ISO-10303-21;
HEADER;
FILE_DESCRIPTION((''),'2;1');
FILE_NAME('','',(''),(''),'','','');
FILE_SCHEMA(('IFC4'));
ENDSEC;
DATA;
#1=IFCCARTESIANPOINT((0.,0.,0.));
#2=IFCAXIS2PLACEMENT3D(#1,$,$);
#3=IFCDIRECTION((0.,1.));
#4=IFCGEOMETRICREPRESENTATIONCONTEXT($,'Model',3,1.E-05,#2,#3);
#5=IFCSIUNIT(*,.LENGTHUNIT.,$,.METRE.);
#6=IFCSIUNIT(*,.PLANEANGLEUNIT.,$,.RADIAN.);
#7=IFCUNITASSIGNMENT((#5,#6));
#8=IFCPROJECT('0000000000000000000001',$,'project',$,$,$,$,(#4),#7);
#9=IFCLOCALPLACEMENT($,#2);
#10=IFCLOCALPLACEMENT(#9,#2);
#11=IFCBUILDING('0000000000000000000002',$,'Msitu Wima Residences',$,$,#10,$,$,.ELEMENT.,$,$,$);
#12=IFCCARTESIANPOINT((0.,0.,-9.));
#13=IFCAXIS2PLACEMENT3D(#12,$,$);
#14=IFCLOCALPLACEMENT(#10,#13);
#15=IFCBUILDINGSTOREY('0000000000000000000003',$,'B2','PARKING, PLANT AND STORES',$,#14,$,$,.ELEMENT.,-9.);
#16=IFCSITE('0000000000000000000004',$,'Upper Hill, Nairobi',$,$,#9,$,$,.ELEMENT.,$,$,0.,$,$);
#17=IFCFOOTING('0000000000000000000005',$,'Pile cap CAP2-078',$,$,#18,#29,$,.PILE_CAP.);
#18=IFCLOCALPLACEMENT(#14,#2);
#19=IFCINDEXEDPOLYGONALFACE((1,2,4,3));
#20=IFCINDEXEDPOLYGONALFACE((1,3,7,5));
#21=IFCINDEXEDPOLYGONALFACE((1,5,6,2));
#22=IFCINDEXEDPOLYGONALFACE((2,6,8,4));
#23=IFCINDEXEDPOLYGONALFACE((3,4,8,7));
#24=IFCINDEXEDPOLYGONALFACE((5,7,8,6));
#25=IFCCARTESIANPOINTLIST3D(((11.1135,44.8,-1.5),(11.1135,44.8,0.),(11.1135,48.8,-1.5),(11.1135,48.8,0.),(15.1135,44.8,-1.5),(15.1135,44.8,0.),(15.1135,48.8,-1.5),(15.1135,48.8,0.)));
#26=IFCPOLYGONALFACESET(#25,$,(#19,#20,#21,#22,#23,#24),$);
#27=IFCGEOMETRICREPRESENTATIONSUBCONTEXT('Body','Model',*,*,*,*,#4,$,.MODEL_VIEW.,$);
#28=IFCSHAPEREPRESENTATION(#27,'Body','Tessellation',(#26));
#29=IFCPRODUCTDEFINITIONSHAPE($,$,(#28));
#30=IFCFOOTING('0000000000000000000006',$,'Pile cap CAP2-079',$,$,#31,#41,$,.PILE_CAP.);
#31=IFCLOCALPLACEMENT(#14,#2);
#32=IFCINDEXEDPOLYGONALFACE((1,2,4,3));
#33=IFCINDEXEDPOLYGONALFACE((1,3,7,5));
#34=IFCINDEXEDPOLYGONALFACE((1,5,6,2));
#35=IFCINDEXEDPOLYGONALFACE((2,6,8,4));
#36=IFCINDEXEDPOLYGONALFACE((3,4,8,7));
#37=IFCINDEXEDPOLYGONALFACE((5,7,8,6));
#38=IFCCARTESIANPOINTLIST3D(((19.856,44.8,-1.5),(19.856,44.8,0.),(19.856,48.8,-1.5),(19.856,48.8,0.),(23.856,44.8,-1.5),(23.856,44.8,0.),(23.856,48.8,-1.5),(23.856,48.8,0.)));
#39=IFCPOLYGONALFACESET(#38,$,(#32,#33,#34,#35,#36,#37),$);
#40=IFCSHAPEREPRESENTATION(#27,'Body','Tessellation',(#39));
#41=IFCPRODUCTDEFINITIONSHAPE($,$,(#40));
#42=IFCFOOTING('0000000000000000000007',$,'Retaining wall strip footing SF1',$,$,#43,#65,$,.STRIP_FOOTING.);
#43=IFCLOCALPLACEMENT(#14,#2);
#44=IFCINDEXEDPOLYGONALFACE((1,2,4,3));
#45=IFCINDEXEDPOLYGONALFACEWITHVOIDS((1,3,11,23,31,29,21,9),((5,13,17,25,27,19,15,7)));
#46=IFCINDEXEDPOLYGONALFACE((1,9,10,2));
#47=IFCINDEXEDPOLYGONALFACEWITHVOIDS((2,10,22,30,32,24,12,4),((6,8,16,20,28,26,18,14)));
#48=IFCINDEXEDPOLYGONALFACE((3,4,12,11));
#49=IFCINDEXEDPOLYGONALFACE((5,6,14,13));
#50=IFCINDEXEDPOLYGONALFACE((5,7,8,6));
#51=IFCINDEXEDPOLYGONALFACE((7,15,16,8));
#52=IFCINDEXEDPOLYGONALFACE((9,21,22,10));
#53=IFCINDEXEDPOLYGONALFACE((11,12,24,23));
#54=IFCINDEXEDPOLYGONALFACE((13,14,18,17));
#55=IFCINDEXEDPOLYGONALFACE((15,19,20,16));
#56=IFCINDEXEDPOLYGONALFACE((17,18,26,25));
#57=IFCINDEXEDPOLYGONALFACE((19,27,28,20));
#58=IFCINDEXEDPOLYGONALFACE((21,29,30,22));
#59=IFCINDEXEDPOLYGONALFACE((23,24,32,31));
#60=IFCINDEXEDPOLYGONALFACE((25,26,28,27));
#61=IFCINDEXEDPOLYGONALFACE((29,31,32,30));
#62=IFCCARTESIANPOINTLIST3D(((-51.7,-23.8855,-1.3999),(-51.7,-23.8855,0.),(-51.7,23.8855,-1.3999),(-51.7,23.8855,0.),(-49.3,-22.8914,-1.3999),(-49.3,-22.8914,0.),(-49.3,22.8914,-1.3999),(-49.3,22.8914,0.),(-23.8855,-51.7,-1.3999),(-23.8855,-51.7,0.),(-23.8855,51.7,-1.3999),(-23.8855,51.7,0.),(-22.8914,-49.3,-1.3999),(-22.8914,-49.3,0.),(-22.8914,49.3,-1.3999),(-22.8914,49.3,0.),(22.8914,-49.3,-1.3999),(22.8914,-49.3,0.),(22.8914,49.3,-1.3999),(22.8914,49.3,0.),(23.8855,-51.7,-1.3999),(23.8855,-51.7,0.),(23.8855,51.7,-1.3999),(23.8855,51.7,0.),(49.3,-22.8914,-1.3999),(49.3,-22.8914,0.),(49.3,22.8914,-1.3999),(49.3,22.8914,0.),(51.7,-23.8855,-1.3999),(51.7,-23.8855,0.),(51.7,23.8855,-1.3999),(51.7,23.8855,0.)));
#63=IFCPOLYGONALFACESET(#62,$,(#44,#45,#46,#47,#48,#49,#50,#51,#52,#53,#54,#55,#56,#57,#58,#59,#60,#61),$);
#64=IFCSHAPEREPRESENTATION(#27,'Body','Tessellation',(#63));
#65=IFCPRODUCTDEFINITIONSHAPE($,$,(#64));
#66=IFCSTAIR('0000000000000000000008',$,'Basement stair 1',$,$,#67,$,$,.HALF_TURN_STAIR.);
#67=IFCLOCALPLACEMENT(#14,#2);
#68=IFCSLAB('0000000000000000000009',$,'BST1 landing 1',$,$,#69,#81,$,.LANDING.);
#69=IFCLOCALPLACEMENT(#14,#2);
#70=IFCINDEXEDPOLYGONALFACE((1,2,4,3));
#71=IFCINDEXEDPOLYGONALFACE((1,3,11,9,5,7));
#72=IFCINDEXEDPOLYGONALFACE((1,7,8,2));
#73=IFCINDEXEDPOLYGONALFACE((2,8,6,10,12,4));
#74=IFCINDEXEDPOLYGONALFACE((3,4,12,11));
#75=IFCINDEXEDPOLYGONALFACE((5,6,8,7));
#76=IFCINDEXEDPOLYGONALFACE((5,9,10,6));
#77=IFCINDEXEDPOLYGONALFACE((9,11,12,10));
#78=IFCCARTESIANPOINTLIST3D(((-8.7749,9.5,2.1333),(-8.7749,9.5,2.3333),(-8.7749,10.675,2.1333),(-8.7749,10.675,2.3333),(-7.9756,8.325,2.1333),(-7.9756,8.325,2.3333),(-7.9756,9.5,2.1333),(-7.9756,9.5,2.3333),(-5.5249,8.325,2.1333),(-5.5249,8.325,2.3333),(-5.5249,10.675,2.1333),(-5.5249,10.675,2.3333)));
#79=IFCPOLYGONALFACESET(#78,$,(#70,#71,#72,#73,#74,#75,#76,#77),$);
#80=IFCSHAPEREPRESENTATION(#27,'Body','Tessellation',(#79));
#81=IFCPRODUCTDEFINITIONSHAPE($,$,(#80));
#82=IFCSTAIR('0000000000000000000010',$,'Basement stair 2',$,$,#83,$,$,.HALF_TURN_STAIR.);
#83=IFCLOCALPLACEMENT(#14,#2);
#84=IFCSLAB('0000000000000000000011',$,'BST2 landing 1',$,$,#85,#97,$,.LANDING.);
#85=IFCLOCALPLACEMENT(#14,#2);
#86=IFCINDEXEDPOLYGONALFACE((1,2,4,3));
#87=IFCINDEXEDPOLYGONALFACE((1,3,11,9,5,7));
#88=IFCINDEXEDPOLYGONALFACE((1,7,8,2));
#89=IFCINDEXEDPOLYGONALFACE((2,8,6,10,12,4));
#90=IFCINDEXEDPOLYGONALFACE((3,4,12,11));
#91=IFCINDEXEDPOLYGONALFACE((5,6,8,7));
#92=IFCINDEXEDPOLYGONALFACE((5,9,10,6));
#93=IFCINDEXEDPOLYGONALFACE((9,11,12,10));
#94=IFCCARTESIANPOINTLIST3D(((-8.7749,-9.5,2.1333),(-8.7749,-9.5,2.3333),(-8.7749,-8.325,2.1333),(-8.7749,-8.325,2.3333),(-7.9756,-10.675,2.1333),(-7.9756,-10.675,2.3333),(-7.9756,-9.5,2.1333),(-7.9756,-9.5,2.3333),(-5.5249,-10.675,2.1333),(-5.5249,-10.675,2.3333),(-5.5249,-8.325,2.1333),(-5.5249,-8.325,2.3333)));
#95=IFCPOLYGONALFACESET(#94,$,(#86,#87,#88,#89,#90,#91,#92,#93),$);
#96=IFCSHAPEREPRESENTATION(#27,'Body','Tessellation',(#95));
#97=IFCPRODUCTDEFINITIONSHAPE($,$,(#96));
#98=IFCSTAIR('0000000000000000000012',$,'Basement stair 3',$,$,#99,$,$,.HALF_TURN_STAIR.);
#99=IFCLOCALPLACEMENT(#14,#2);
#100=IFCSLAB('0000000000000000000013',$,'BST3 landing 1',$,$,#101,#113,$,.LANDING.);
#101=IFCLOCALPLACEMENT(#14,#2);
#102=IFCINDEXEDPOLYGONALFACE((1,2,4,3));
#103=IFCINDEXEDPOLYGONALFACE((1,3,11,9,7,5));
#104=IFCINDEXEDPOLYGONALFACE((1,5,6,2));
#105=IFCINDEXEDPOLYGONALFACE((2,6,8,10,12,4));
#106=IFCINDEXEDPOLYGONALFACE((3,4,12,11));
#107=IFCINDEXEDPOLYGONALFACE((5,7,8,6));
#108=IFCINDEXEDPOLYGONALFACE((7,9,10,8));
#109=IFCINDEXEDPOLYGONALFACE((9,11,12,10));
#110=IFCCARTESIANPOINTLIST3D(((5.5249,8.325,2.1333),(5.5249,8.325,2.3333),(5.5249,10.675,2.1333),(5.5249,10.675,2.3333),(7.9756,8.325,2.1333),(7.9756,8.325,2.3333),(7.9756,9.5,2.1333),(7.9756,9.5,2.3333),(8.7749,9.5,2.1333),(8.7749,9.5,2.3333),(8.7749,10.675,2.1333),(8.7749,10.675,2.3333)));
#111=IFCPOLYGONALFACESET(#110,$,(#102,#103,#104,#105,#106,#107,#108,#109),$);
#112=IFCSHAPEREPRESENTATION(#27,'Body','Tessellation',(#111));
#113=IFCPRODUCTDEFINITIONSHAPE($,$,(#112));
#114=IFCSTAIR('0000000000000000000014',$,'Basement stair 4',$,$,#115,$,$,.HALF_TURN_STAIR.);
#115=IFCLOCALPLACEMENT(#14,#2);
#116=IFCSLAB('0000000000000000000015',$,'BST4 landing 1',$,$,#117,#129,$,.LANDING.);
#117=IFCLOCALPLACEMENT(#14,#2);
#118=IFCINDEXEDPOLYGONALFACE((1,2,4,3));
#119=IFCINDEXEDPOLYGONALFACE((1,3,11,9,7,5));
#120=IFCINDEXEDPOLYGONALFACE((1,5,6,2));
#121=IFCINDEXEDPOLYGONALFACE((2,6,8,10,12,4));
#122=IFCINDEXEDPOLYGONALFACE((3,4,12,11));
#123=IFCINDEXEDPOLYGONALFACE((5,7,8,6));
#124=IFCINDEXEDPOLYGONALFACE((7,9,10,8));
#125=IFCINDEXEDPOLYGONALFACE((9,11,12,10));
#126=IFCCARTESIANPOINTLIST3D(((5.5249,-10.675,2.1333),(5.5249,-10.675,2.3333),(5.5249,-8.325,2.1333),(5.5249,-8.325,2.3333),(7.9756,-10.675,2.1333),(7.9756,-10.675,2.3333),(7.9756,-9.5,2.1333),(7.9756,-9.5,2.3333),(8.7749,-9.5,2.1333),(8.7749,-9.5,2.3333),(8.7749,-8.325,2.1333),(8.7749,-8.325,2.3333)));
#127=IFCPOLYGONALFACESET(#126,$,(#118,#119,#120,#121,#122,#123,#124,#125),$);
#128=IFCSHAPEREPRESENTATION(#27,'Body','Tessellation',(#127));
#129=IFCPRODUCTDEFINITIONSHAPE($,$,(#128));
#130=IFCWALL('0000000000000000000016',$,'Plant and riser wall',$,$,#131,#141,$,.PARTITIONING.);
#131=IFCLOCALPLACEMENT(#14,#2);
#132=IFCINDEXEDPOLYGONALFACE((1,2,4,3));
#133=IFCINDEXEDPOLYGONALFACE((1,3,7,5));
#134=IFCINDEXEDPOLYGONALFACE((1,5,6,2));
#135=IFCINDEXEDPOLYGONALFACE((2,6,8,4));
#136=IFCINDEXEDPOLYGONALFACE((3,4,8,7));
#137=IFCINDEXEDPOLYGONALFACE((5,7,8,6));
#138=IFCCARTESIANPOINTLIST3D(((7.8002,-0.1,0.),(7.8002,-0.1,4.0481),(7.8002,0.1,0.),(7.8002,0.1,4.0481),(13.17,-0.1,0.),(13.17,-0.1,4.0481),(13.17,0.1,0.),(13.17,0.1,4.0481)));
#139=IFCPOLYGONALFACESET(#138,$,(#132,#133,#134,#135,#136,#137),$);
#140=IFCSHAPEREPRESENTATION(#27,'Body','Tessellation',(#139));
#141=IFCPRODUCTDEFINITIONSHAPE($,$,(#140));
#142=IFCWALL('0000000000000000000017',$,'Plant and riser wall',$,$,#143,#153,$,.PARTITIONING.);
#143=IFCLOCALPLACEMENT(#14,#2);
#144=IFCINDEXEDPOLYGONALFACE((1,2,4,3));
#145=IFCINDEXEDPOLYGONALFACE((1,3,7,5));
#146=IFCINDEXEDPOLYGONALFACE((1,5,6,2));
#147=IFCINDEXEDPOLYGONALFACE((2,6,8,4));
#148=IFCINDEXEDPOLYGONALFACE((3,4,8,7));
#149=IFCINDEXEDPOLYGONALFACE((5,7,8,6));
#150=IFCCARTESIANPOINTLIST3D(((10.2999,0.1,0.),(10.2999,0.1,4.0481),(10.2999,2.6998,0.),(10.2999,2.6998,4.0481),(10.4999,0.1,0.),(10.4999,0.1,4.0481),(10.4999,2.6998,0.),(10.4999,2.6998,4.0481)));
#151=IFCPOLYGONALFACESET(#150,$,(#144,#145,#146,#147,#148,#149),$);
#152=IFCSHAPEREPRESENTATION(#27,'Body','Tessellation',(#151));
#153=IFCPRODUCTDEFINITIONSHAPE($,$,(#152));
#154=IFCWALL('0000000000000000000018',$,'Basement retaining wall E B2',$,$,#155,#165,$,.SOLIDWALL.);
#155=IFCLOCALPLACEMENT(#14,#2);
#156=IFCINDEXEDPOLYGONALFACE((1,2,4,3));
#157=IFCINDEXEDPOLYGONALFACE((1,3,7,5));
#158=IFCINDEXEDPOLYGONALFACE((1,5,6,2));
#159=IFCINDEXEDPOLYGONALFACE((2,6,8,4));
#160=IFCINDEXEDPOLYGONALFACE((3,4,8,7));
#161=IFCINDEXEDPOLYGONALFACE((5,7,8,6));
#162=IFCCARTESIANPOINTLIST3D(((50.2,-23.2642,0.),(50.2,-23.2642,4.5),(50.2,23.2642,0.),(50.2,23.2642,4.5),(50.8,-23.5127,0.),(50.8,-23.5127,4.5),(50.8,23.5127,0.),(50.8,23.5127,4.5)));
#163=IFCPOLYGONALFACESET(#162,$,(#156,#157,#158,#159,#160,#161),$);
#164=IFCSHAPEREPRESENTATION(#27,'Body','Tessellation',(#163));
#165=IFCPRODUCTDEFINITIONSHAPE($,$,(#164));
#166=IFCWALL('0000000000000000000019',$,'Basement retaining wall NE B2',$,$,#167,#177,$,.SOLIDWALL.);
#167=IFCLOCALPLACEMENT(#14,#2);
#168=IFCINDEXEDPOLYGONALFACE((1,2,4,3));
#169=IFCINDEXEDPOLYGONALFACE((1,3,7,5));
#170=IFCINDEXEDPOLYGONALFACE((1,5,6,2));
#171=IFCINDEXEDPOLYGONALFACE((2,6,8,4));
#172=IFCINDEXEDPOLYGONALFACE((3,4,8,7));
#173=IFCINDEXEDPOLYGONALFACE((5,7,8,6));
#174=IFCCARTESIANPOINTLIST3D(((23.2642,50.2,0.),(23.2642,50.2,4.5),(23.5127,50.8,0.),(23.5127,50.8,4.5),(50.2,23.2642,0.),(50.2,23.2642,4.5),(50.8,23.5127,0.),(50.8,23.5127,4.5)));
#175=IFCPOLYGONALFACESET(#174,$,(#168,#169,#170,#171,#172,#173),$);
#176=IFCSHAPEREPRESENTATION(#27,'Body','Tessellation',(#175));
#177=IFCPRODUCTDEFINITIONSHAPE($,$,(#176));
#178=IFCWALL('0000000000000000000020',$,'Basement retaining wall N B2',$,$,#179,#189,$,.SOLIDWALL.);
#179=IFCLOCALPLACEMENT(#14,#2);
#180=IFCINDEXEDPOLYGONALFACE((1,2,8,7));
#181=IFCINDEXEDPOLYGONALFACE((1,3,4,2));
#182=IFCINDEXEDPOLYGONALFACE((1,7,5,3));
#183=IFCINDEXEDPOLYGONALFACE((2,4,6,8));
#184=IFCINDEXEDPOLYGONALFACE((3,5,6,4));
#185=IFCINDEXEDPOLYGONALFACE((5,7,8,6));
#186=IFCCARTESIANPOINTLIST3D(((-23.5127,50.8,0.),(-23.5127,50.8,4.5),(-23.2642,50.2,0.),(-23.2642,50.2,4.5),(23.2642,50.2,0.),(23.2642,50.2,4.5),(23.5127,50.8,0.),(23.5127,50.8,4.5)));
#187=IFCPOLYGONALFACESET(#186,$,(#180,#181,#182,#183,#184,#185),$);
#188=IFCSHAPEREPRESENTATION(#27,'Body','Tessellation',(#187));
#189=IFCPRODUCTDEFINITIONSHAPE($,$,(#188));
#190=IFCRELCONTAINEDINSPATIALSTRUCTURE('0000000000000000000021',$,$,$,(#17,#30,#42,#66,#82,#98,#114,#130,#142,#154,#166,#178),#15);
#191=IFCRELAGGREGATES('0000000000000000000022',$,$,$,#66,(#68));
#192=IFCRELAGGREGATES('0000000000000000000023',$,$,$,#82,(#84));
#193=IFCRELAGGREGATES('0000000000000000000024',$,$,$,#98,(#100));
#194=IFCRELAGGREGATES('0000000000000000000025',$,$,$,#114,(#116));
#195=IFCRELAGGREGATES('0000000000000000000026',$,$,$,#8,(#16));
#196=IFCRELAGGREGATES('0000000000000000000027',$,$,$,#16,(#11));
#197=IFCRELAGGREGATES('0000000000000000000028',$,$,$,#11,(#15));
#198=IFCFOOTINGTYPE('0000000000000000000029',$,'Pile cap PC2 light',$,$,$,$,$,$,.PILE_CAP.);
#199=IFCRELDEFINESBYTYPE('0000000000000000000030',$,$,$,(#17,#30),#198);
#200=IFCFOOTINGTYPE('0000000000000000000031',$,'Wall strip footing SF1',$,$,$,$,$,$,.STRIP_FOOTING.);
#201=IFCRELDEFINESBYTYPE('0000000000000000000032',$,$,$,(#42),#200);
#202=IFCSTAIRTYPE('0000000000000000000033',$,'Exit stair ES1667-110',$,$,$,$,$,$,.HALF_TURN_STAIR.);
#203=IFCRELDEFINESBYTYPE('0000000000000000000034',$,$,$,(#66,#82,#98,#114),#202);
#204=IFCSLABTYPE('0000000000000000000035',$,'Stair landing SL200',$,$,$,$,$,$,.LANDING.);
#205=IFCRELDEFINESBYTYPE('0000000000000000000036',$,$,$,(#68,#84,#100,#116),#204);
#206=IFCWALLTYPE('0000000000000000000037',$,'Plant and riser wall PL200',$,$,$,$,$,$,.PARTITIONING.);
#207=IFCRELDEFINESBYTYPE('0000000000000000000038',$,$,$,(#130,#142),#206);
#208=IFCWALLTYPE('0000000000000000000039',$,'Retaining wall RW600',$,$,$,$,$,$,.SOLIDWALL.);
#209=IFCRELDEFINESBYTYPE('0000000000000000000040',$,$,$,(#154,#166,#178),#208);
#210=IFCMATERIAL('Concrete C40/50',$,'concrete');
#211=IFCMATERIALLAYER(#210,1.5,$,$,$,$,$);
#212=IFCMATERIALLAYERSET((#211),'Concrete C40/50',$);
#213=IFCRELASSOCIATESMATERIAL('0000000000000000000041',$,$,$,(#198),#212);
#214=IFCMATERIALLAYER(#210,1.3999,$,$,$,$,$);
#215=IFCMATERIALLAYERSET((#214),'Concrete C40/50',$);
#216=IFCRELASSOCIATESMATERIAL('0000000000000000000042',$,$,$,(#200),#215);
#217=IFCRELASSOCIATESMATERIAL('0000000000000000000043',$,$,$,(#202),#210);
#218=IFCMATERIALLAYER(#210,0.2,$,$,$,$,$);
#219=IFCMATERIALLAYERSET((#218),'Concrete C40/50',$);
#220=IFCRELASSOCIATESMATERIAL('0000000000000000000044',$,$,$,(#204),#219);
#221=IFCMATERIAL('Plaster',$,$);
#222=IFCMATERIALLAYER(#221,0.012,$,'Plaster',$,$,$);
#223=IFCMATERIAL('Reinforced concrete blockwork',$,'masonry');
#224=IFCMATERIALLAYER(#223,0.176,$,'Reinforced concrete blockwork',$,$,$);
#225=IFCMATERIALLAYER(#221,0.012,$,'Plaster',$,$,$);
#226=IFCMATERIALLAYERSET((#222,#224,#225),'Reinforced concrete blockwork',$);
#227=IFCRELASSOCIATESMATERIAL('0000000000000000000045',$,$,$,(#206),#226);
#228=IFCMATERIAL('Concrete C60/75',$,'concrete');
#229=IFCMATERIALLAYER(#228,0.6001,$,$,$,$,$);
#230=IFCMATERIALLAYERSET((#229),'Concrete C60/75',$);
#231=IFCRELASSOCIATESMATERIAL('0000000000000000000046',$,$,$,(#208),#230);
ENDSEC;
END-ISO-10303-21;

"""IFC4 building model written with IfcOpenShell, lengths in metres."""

from ifc_helpers import new_model, si_unit, direction, frame, frame_2d, origin, place, context, subcontext, project, spatial, polyline, rectangle, outline, extrude, material, layer, layer_set, type_object, element, aggregate, save


model = new_model("IFC4")

# Units and contexts
model_context = context("Model", 3, precision=1e-05, world=origin(), true_north=direction((0.0, 1.0)))
body_context = subcontext(model_context, "Body", "Model", "MODEL_VIEW")
ifc_project = project(units=[si_unit("LENGTHUNIT", "METRE"), si_unit("PLANEANGLEUNIT", "RADIAN")], contexts=[model_context])

# Site, building, storey
site_placement = place(None, origin())
site = spatial("IfcSite", under=ifc_project, at=site_placement, Name="Upper Hill, Nairobi", CompositionType="ELEMENT", RefElevation=0.0)
building_placement = place(site_placement, origin())
building = spatial("IfcBuilding", under=site, at=building_placement, Name="Msitu Wima Residences", CompositionType="ELEMENT")
storey_placement = place(building_placement, frame((0.0, 0.0, -9.0)))
storey = spatial("IfcBuildingStorey", under=building, at=storey_placement, Name="B2", Description="PARKING, PLANT AND STORES", CompositionType="ELEMENT", Elevation=-9.0)

# Footings
ifc_material_1 = material(Name="Concrete C40/50", Category="concrete")
ifc_layer_1 = layer(ifc_material_1, 1.5)
ifc_layer_set_1 = layer_set([ifc_layer_1], Name="Concrete C40/50")
footing_type_1 = type_object("IfcFootingType", Name="Pile cap PC2 light", PredefinedType="PILE_CAP", material=ifc_layer_set_1)
footing_1_placement = place(storey_placement, frame((0.0, 0.0, -1.5)))
element("IfcFooting", 1, at=footing_1_placement, inside=storey, type_object=footing_type_1, Name="Pile cap CAP2-078", PredefinedType="PILE_CAP", context=body_context, shape_type="SweptSolid", body=[
    extrude(outline(polyline([(15.1135, 44.8), (15.1135, 48.8), (11.1135, 48.8), (11.1135, 44.8), (15.1135, 44.8)])), origin(), (0.0, 0.0, 1.0), 1.5),
])
footing_2_placement = place(storey_placement, frame((0.0, 0.0, -1.5)))
element("IfcFooting", 2, at=footing_2_placement, inside=storey, type_object=footing_type_1, Name="Pile cap CAP2-079", PredefinedType="PILE_CAP", context=body_context, shape_type="SweptSolid", body=[
    extrude(outline(polyline([(23.856, 44.8), (23.856, 48.8), (19.856, 48.8), (19.856, 44.8), (23.856, 44.8)])), origin(), (0.0, 0.0, 1.0), 1.5),
])
ifc_layer_2 = layer(ifc_material_1, 1.3999)
ifc_layer_set_2 = layer_set([ifc_layer_2], Name="Concrete C40/50")
footing_type_2 = type_object("IfcFootingType", Name="Wall strip footing SF1", PredefinedType="STRIP_FOOTING", material=ifc_layer_set_2)
footing_3_placement = place(storey_placement, frame((0.0, 0.0, -1.3999)))
element("IfcFooting", 3, at=footing_3_placement, inside=storey, type_object=footing_type_2, Name="Retaining wall strip footing SF1", PredefinedType="STRIP_FOOTING", context=body_context, shape_type="SweptSolid", body=[
    extrude(outline(polyline([(23.8855, -51.7), (-23.8855, -51.7), (-51.7, -23.8855), (-51.7, 23.8855), (-23.8855, 51.7), (23.8855, 51.7), (51.7, 23.8855), (51.7, -23.8855), (23.8855, -51.7)]), holes=[polyline([(49.3, 22.8914), (22.8914, 49.3), (-22.8914, 49.3), (-49.3, 22.8914), (-49.3, -22.8914), (-22.8914, -49.3), (22.8914, -49.3), (49.3, -22.8914), (49.3, 22.8914)])]), origin(), (0.0, 0.0, 1.0), 1.3999),
])

# Stairs, slabs
stair_type = type_object("IfcStairType", Name="Exit stair ES1667-110", PredefinedType="HALF_TURN_STAIR", material=ifc_material_1)
stair_1_placement = place(storey_placement, origin())
stair_1 = element("IfcStair", 4, at=stair_1_placement, inside=storey, type_object=stair_type, Name="Basement stair 1", PredefinedType="HALF_TURN_STAIR")
ifc_layer_3 = layer(ifc_material_1, 0.2)
ifc_layer_set_3 = layer_set([ifc_layer_3], Name="Concrete C40/50")
slab_type_1 = type_object("IfcSlabType", Name="Stair landing SL200", PredefinedType="LANDING", material=ifc_layer_set_3)
slab_1_placement = place(storey_placement, frame((0.0, 0.0, 2.1333)))
slab_1 = element("IfcSlab", 5, at=slab_1_placement, type_object=slab_type_1, Name="BST1 landing 1", PredefinedType="LANDING", context=body_context, shape_type="SweptSolid", body=[
    extrude(outline(polyline([(-5.5249, 8.325), (-7.9756, 8.325), (-7.9756, 9.5), (-8.7749, 9.5), (-8.7749, 10.675), (-5.5249, 10.675), (-5.5249, 8.325)])), origin(), (0.0, 0.0, 1.0), 0.2),
])
aggregate(stair_1, [slab_1])
stair_2_placement = place(storey_placement, origin())
stair_2 = element("IfcStair", 6, at=stair_2_placement, inside=storey, type_object=stair_type, Name="Basement stair 2", PredefinedType="HALF_TURN_STAIR")
slab_2_placement = place(storey_placement, frame((0.0, 0.0, 2.1333)))
slab_2 = element("IfcSlab", 7, at=slab_2_placement, type_object=slab_type_1, Name="BST2 landing 1", PredefinedType="LANDING", context=body_context, shape_type="SweptSolid", body=[
    extrude(outline(polyline([(-5.5249, -10.675), (-7.9756, -10.675), (-7.9756, -9.5), (-8.7749, -9.5), (-8.7749, -8.325), (-5.5249, -8.325), (-5.5249, -10.675)])), origin(), (0.0, 0.0, 1.0), 0.2),
])
aggregate(stair_2, [slab_2])
stair_3_placement = place(storey_placement, origin())
stair_3 = element("IfcStair", 8, at=stair_3_placement, inside=storey, type_object=stair_type, Name="Basement stair 3", PredefinedType="HALF_TURN_STAIR")
slab_3_placement = place(storey_placement, frame((0.0, 0.0, 2.1333)))
slab_3 = element("IfcSlab", 9, at=slab_3_placement, type_object=slab_type_1, Name="BST3 landing 1", PredefinedType="LANDING", context=body_context, shape_type="SweptSolid", body=[
    extrude(outline(polyline([(5.5249, 8.325), (7.9756, 8.325), (7.9756, 9.5), (8.7749, 9.5), (8.7749, 10.675), (5.5249, 10.675), (5.5249, 8.325)])), origin(), (0.0, 0.0, 1.0), 0.2),
])
aggregate(stair_3, [slab_3])
stair_4_placement = place(storey_placement, origin())
stair_4 = element("IfcStair", 10, at=stair_4_placement, inside=storey, type_object=stair_type, Name="Basement stair 4", PredefinedType="HALF_TURN_STAIR")
slab_4_placement = place(storey_placement, frame((0.0, 0.0, 2.1333)))
slab_4 = element("IfcSlab", 11, at=slab_4_placement, type_object=slab_type_1, Name="BST4 landing 1", PredefinedType="LANDING", context=body_context, shape_type="SweptSolid", body=[
    extrude(outline(polyline([(5.5249, -10.675), (7.9756, -10.675), (7.9756, -9.5), (8.7749, -9.5), (8.7749, -8.325), (5.5249, -8.325), (5.5249, -10.675)])), origin(), (0.0, 0.0, 1.0), 0.2),
])
aggregate(stair_4, [slab_4])

# Walls
ifc_material_2 = material(Name="Plaster")
ifc_layer_4 = layer(ifc_material_2, 0.012, Name="Plaster")
ifc_material_3 = material(Name="Reinforced concrete blockwork", Category="masonry")
ifc_layer_5 = layer(ifc_material_3, 0.176, Name="Reinforced concrete blockwork")
ifc_layer_6 = layer(ifc_material_2, 0.012, Name="Plaster")
ifc_layer_set_4 = layer_set([ifc_layer_4, ifc_layer_5, ifc_layer_6], Name="Reinforced concrete blockwork")
wall_type_1 = type_object("IfcWallType", Name="Plant and riser wall PL200", PredefinedType="PARTITIONING", material=ifc_layer_set_4)
wall_1_placement = place(storey_placement, frame((7.8, 0.0, 0.0), z_axis=(0.0, 0.0, 1.0), x_axis=(1.0, 0.0, 0.0)))
element("IfcWall", 12, at=wall_1_placement, inside=storey, type_object=wall_type_1, Name="Plant and riser wall", PredefinedType="PARTITIONING", context=body_context, shape_type="SweptSolid", body=[
    extrude(rectangle(XDim=5.3699, YDim=0.2, at=frame_2d((2.6851, 0.0))), origin(), (0.0, 0.0, 1.0), 4.0481),
])
wall_2_placement = place(storey_placement, frame((10.3999, 0.1001, 0.0), z_axis=(0.0, 0.0, 1.0), x_axis=(0.0, 1.0, 0.0)))
element("IfcWall", 13, at=wall_2_placement, inside=storey, type_object=wall_type_1, Name="Plant and riser wall", PredefinedType="PARTITIONING", context=body_context, shape_type="SweptSolid", body=[
    extrude(rectangle(XDim=2.5999, YDim=0.2, at=frame_2d((1.2998, 0.0))), origin(), (0.0, 0.0, 1.0), 4.0481),
])
ifc_material_4 = material(Name="Concrete C60/75", Category="concrete")
ifc_layer_7 = layer(ifc_material_4, 0.6001)
ifc_layer_set_5 = layer_set([ifc_layer_7], Name="Concrete C60/75")
wall_type_2 = type_object("IfcWallType", Name="Retaining wall RW600", PredefinedType="SOLIDWALL", material=ifc_layer_set_5)
wall_3_placement = place(storey_placement, origin())
element("IfcWall", 14, at=wall_3_placement, inside=storey, type_object=wall_type_2, Name="Basement retaining wall E B2", PredefinedType="SOLIDWALL", context=body_context, shape_type="SweptSolid", body=[
    extrude(outline(polyline([(50.8, -23.5127), (50.8, 23.5127), (50.2, 23.2642), (50.2, -23.2642), (50.8, -23.5127)])), origin(), (0.0, 0.0, 1.0), 4.5),
])
wall_4_placement = place(storey_placement, origin())
element("IfcWall", 15, at=wall_4_placement, inside=storey, type_object=wall_type_2, Name="Basement retaining wall NE B2", PredefinedType="SOLIDWALL", context=body_context, shape_type="SweptSolid", body=[
    extrude(outline(polyline([(50.8, 23.5127), (23.5127, 50.8), (23.2642, 50.2), (50.2, 23.2642), (50.8, 23.5127)])), origin(), (0.0, 0.0, 1.0), 4.5),
])
wall_5_placement = place(storey_placement, origin())
element("IfcWall", 16, at=wall_5_placement, inside=storey, type_object=wall_type_2, Name="Basement retaining wall N B2", PredefinedType="SOLIDWALL", context=body_context, shape_type="SweptSolid", body=[
    extrude(outline(polyline([(23.5127, 50.8), (-23.5127, 50.8), (-23.2642, 50.2), (23.2642, 50.2), (23.5127, 50.8)])), origin(), (0.0, 0.0, 1.0), 4.5),
])

save(model, "model.ifc")
